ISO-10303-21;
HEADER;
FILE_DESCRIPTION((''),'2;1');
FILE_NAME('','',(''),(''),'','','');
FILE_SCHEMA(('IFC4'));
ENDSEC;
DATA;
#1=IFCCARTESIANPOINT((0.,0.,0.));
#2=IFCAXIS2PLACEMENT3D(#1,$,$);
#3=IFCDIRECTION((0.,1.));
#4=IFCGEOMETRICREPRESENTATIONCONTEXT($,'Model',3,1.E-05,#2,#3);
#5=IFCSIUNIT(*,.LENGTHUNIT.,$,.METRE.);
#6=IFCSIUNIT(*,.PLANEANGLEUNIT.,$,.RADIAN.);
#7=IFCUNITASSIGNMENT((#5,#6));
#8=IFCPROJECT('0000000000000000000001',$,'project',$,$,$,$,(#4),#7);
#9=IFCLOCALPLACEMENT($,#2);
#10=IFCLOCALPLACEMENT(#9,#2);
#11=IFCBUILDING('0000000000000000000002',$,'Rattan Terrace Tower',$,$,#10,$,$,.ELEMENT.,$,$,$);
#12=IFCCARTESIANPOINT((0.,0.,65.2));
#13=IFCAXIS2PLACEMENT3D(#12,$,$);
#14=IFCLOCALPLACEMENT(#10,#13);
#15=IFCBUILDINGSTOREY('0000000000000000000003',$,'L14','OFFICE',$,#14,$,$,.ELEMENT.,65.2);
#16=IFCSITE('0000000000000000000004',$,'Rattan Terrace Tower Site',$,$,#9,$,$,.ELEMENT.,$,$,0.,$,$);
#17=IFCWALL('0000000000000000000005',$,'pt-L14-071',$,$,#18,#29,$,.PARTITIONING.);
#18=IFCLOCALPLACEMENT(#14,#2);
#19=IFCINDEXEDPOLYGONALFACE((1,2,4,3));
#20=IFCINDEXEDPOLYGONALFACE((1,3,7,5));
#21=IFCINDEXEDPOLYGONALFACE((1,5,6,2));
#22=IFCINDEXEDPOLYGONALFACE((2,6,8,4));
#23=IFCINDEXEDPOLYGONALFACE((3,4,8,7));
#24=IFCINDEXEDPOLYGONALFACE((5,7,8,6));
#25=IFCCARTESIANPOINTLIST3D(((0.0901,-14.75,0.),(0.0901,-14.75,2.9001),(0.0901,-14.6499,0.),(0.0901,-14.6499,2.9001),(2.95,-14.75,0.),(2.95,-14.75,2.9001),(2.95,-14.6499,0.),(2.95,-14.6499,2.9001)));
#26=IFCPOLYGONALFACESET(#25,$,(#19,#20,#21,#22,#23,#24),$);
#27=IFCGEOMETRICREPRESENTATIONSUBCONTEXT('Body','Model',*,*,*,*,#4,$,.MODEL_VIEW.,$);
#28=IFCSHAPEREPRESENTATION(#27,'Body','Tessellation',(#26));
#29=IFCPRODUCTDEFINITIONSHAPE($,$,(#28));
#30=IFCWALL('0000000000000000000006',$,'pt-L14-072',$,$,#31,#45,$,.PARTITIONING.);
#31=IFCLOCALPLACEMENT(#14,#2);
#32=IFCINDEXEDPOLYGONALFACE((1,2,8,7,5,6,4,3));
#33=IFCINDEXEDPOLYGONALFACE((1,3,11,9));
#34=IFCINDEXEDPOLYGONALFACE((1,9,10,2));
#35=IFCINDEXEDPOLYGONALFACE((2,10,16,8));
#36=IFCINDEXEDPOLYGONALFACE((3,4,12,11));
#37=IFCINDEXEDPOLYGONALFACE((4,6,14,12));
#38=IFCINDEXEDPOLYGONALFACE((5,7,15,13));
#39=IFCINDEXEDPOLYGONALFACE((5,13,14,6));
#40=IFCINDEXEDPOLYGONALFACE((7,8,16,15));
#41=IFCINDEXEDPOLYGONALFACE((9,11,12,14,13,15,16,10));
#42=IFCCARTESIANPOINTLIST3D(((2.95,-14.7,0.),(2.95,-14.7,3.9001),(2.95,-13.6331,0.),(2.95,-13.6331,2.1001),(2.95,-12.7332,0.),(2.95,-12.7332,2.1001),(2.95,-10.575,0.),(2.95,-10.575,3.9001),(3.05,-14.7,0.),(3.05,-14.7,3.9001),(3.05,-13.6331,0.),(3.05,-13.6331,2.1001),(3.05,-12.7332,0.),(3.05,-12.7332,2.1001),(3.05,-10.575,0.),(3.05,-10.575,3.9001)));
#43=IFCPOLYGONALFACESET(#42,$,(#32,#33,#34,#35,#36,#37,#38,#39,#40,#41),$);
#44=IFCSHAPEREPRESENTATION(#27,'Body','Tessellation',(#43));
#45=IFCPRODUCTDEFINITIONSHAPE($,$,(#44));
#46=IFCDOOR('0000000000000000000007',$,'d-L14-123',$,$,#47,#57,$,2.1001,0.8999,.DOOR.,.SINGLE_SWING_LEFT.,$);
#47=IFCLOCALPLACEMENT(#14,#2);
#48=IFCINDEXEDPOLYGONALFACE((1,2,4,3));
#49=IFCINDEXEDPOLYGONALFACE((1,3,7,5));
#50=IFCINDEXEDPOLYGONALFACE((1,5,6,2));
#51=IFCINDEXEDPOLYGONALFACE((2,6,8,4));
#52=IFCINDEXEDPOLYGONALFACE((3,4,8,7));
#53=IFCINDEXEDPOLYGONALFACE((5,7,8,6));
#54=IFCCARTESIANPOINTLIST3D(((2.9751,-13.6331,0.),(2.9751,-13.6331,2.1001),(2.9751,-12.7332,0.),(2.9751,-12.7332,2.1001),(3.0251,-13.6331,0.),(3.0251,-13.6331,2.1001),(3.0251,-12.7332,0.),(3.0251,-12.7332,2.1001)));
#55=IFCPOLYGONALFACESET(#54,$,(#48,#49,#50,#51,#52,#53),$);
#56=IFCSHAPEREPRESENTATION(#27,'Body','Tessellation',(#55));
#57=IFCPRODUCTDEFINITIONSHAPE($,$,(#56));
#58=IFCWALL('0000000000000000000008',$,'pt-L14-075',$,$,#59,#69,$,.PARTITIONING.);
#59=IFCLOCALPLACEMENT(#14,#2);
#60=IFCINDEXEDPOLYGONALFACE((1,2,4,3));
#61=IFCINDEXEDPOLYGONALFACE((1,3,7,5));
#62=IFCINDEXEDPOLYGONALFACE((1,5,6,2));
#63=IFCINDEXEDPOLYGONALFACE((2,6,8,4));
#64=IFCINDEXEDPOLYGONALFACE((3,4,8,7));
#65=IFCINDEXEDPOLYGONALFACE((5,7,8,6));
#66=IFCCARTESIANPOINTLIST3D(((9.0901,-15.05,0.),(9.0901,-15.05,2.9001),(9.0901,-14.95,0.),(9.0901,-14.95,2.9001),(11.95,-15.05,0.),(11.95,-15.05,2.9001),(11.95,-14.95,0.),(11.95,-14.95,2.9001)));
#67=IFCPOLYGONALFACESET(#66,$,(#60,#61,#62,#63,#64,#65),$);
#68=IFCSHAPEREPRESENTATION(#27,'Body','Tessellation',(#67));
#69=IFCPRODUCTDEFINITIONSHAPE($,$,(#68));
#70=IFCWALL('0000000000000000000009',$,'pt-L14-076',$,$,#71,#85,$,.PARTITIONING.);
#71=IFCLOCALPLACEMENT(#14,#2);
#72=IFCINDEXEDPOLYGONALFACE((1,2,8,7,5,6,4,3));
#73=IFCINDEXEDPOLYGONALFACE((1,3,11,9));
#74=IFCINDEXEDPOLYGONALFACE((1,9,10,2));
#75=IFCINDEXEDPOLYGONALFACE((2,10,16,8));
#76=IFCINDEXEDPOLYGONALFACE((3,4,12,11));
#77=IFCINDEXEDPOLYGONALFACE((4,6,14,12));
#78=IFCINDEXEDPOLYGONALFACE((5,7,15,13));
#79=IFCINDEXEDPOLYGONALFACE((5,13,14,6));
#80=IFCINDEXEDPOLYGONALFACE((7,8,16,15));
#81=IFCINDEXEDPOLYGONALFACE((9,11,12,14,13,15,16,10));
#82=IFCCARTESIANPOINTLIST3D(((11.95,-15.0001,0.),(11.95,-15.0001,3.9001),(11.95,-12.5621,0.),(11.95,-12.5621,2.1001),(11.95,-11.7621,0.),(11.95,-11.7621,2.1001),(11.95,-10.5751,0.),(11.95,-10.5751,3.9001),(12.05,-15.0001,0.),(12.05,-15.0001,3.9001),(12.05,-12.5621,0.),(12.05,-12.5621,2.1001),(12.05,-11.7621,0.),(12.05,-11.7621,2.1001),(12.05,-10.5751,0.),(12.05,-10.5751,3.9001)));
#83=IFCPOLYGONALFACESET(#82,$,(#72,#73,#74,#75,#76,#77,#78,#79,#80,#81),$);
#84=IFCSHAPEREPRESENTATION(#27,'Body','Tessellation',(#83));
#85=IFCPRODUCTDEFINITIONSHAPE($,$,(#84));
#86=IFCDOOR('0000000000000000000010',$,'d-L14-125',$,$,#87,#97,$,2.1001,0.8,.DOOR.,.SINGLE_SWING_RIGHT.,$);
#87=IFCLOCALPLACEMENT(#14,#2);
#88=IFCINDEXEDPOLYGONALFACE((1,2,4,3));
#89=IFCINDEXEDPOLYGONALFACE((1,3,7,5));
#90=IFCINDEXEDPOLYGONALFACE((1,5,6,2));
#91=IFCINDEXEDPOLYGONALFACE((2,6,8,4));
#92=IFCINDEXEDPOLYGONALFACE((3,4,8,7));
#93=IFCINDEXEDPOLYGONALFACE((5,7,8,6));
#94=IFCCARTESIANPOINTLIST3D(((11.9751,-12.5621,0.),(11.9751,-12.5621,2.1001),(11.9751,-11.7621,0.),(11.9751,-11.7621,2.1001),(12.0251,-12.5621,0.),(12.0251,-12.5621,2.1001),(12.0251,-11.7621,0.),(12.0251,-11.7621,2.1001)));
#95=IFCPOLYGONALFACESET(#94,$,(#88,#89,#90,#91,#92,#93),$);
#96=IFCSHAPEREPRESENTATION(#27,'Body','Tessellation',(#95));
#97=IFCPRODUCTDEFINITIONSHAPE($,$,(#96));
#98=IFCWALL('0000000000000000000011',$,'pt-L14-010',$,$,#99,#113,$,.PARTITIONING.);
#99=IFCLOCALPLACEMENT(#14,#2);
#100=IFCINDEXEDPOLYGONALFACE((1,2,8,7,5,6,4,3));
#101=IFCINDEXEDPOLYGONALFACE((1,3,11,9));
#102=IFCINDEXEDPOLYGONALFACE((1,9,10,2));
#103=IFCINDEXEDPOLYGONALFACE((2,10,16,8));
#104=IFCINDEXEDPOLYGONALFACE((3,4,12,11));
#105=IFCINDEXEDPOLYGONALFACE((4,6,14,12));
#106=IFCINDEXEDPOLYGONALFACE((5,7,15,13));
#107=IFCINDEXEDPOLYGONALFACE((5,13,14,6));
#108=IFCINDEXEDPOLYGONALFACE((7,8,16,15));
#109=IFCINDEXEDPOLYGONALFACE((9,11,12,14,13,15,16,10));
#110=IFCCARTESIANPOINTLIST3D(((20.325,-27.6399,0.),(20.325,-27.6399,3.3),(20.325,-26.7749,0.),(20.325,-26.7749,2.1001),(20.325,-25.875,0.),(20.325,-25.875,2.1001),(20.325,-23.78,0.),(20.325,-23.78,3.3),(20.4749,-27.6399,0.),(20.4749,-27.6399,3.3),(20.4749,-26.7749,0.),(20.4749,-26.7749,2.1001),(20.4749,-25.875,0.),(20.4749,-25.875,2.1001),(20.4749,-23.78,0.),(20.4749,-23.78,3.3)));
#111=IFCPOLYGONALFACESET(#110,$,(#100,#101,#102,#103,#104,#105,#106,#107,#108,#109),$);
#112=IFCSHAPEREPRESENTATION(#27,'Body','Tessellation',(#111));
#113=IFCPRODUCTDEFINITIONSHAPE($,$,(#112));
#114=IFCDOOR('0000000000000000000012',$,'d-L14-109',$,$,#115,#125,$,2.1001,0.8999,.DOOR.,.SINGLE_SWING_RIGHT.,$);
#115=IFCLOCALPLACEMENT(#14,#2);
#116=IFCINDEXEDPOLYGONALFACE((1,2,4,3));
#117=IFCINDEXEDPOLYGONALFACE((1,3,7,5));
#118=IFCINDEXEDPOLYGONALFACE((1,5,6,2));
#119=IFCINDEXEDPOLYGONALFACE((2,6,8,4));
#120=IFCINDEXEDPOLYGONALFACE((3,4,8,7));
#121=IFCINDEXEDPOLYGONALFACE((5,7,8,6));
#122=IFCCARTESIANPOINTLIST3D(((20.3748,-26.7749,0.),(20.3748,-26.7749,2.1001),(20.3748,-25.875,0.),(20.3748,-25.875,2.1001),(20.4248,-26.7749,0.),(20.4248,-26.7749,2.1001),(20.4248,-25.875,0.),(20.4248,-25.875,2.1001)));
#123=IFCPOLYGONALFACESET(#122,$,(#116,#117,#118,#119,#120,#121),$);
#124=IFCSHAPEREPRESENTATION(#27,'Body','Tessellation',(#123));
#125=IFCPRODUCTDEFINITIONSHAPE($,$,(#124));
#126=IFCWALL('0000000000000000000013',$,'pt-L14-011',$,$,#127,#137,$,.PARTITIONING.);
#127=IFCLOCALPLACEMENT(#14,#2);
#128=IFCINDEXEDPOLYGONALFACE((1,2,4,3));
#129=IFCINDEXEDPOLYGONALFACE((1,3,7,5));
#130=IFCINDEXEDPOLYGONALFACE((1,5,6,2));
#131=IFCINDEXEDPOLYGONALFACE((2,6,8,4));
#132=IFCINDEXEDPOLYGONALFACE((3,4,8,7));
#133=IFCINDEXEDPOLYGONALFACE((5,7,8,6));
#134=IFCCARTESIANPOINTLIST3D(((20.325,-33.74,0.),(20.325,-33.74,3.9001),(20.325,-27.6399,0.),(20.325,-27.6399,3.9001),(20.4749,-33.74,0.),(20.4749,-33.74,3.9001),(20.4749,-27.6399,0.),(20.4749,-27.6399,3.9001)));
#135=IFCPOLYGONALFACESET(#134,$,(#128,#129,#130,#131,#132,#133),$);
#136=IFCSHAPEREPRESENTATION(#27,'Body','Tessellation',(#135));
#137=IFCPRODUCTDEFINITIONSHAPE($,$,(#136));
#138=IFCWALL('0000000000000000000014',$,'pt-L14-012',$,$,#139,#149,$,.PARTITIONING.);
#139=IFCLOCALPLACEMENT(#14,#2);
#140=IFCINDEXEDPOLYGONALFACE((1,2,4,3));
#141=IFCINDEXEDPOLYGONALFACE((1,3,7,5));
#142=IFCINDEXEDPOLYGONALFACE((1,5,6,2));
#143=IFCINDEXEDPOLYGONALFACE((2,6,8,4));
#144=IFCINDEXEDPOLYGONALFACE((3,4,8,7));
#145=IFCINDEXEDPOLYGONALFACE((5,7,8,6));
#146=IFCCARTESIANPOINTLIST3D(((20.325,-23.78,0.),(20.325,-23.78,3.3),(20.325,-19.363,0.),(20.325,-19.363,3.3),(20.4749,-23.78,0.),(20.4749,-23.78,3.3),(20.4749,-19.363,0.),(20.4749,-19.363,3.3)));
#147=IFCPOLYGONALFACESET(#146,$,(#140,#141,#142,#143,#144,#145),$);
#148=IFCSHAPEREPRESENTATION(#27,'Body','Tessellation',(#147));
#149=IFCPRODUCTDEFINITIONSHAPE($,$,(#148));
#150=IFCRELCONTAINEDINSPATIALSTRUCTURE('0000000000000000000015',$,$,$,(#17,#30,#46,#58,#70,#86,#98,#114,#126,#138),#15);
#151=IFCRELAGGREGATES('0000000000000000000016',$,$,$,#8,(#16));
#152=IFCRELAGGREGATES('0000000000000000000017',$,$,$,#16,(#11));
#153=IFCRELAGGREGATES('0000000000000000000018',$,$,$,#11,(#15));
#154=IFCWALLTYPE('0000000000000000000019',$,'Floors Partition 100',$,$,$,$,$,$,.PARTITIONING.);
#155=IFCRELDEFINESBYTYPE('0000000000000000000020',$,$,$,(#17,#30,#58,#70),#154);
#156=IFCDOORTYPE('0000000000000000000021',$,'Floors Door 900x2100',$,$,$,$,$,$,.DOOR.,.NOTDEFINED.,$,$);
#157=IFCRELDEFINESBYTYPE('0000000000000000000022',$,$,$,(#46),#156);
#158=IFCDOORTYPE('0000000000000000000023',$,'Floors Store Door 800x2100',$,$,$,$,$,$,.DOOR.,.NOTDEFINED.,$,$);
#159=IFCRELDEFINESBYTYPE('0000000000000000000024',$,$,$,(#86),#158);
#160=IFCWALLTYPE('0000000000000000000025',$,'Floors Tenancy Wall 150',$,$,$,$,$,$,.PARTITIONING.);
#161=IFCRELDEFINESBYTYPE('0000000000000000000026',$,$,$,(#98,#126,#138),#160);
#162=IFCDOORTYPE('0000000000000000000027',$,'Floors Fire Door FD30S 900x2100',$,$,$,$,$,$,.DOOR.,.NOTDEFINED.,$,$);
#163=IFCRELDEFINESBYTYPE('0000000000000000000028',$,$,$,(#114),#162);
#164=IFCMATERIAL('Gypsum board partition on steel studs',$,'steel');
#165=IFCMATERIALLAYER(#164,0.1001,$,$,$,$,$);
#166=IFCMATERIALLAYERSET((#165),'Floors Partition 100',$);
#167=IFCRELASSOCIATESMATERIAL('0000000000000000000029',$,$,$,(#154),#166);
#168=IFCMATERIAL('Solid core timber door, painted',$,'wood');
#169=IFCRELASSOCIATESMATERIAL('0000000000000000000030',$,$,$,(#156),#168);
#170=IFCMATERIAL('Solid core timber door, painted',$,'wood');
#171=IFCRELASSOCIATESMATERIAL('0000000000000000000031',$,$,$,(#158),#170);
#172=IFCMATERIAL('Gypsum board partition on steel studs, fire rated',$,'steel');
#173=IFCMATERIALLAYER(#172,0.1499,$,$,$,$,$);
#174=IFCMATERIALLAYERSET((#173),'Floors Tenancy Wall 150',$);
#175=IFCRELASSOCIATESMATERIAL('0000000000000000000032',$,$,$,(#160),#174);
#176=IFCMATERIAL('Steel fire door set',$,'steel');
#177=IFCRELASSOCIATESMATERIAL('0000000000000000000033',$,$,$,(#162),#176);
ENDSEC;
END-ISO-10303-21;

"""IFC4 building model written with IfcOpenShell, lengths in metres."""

from ifc_helpers import new_model, si_unit, direction, frame, frame_2d, origin, place, context, subcontext, project, spatial, rectangle, extrude, material, layer, layer_set, type_object, element, fill, save


model = new_model("IFC4")

# Units and contexts
model_context = context("Model", 3, precision=1e-05, world=origin(), true_north=direction((0.0, 1.0)))
body_context = subcontext(model_context, "Body", "Model", "MODEL_VIEW")
ifc_project = project(units=[si_unit("LENGTHUNIT", "METRE"), si_unit("PLANEANGLEUNIT", "RADIAN")], contexts=[model_context])

# Site, building, storey
site_placement = place(None, origin())
site = spatial("IfcSite", under=ifc_project, at=site_placement, Name="Rattan Terrace Tower Site", CompositionType="ELEMENT", RefElevation=0.0)
building_placement = place(site_placement, origin())
building = spatial("IfcBuilding", under=site, at=building_placement, Name="Rattan Terrace Tower", CompositionType="ELEMENT")
storey_placement = place(building_placement, frame((0.0, 0.0, 65.2)))
storey = spatial("IfcBuildingStorey", under=building, at=storey_placement, Name="L14", Description="OFFICE", CompositionType="ELEMENT", Elevation=65.2)

# Wall
ifc_material_1 = material(Name="Gypsum board partition on steel studs", Category="steel")
ifc_layer_1 = layer(ifc_material_1, 0.1001)
ifc_layer_set_1 = layer_set([ifc_layer_1], Name="Floors Partition 100")
wall_type_1 = type_object("IfcWallType", Name="Floors Partition 100", PredefinedType="PARTITIONING", material=ifc_layer_set_1)
wall_1_placement = place(storey_placement, frame((0.0901, -14.7, 0.0), z_axis=(0.0, 0.0, 1.0), x_axis=(1.0, 0.0, 0.0)))
element("IfcWall", 1, at=wall_1_placement, inside=storey, type_object=wall_type_1, Name="pt-L14-071", PredefinedType="PARTITIONING", context=body_context, shape_type="SweptSolid", body=[
    extrude(rectangle(XDim=2.8599, YDim=0.1001, at=frame_2d((1.4299, 0.0))), origin(), (0.0, 0.0, 1.0), 2.9001),
])

# Wall, opening, door
wall_2_placement = place(storey_placement, frame((3.0, -14.7, 0.0), z_axis=(0.0, 0.0, 1.0), x_axis=(0.0, 1.0, 0.0)))
wall_2 = element("IfcWall", 2, at=wall_2_placement, inside=storey, type_object=wall_type_1, Name="pt-L14-072", PredefinedType="PARTITIONING", context=body_context, shape_type="SweptSolid", body=[
    extrude(rectangle(XDim=4.125, YDim=0.1001, at=frame_2d((2.0625, 0.0))), origin(), (0.0, 0.0, 1.0), 3.9001),
])
opening_1_placement = place(wall_2_placement, frame((1.0669, 0.0, 0.0)))
opening_1 = element("IfcOpeningElement", 3, at=opening_1_placement, cuts=wall_2, PredefinedType="OPENING", context=body_context, shape_type="SweptSolid", body=[
    extrude(rectangle(XDim=0.8999, YDim=2.1001, at=frame_2d((0.45, 1.05))), frame((0.0, 0.0605, 0.0), z_axis=(0.0, -1.0, 0.0), x_axis=(1.0, 0.0, 0.0)), (0.0, 0.0, 1.0), 0.1211),
])
ifc_material_2 = material(Name="Solid core timber door, painted", Category="wood")
door_type_1 = type_object("IfcDoorType", Name="Floors Door 900x2100", OperationType="NOTDEFINED", PredefinedType="DOOR", material=ifc_material_2)
door_1_placement = place(opening_1_placement, origin())
door_1 = element("IfcDoor", 4, at=door_1_placement, inside=storey, type_object=door_type_1, Name="d-L14-123", OperationType="SINGLE_SWING_LEFT", OverallHeight=2.1001, OverallWidth=0.8999, PredefinedType="DOOR", context=body_context, shape_type="SweptSolid", body=[
    extrude(rectangle(XDim=0.8999, YDim=2.1001, at=frame_2d((0.45, 1.05))), frame((0.0, 0.0249, 0.0), z_axis=(0.0, -1.0, 0.0), x_axis=(1.0, 0.0, 0.0)), (0.0, 0.0, 1.0), 0.05),
])
fill(opening_1, door_1)

# Wall
wall_3_placement = place(storey_placement, frame((9.0901, -15.0, 0.0), z_axis=(0.0, 0.0, 1.0), x_axis=(1.0, 0.0, 0.0)))
element("IfcWall", 5, at=wall_3_placement, inside=storey, type_object=wall_type_1, Name="pt-L14-075", PredefinedType="PARTITIONING", context=body_context, shape_type="SweptSolid", body=[
    extrude(rectangle(XDim=2.8599, YDim=0.1001, at=frame_2d((1.4299, 0.0))), origin(), (0.0, 0.0, 1.0), 2.9001),
])

# Walls, openings, doors
wall_4_placement = place(storey_placement, frame((12.0, -15.0, 0.0), z_axis=(0.0, 0.0, 1.0), x_axis=(0.0, 1.0, 0.0)))
wall_4 = element("IfcWall", 6, at=wall_4_placement, inside=storey, type_object=wall_type_1, Name="pt-L14-076", PredefinedType="PARTITIONING", context=body_context, shape_type="SweptSolid", body=[
    extrude(rectangle(XDim=4.425, YDim=0.1001, at=frame_2d((2.2124, 0.0))), origin(), (0.0, 0.0, 1.0), 3.9001),
])
opening_2_placement = place(wall_4_placement, frame((2.438, 0.0, 0.0)))
opening_2 = element("IfcOpeningElement", 7, at=opening_2_placement, cuts=wall_4, PredefinedType="OPENING", context=body_context, shape_type="SweptSolid", body=[
    extrude(rectangle(XDim=0.8, YDim=2.1001, at=frame_2d((0.3999, 1.05))), frame((0.0, 0.0605, 0.0), z_axis=(0.0, -1.0, 0.0), x_axis=(1.0, 0.0, 0.0)), (0.0, 0.0, 1.0), 0.1211),
])
ifc_material_3 = material(Name="Solid core timber door, painted", Category="wood")
door_type_2 = type_object("IfcDoorType", Name="Floors Store Door 800x2100", OperationType="NOTDEFINED", PredefinedType="DOOR", material=ifc_material_3)
door_2_placement = place(opening_2_placement, origin())
door_2 = element("IfcDoor", 8, at=door_2_placement, inside=storey, type_object=door_type_2, Name="d-L14-125", OperationType="SINGLE_SWING_RIGHT", OverallHeight=2.1001, OverallWidth=0.8, PredefinedType="DOOR", context=body_context, shape_type="SweptSolid", body=[
    extrude(rectangle(XDim=0.8, YDim=2.1001, at=frame_2d((0.3999, 1.05))), frame((0.0, 0.0249, 0.0), z_axis=(0.0, -1.0, 0.0), x_axis=(1.0, 0.0, 0.0)), (0.0, 0.0, 1.0), 0.05),
])
fill(opening_2, door_2)
ifc_material_4 = material(Name="Gypsum board partition on steel studs, fire rated", Category="steel")
ifc_layer_2 = layer(ifc_material_4, 0.1499)
ifc_layer_set_2 = layer_set([ifc_layer_2], Name="Floors Tenancy Wall 150")
wall_type_2 = type_object("IfcWallType", Name="Floors Tenancy Wall 150", PredefinedType="PARTITIONING", material=ifc_layer_set_2)
wall_5_placement = place(storey_placement, frame((20.3999, -23.78, 0.0), z_axis=(0.0, 0.0, 1.0), x_axis=(0.0, -1.0, 0.0)))
wall_5 = element("IfcWall", 9, at=wall_5_placement, inside=storey, type_object=wall_type_2, Name="pt-L14-010", PredefinedType="PARTITIONING", context=body_context, shape_type="SweptSolid", body=[
    extrude(rectangle(XDim=3.8599, YDim=0.1499, at=frame_2d((1.9299, 0.0))), origin(), (0.0, 0.0, 1.0), 3.3),
])
opening_3_placement = place(wall_5_placement, frame((2.095, 0.0, 0.0)))
opening_3 = element("IfcOpeningElement", 10, at=opening_3_placement, cuts=wall_5, PredefinedType="OPENING", context=body_context, shape_type="SweptSolid", body=[
    extrude(rectangle(XDim=0.8999, YDim=2.1001, at=frame_2d((0.45, 1.05))), frame((0.0, 0.0854, 0.0), z_axis=(0.0, -1.0, 0.0), x_axis=(1.0, 0.0, 0.0)), (0.0, 0.0, 1.0), 0.1709),
])
ifc_material_5 = material(Name="Steel fire door set", Category="steel")
door_type_3 = type_object("IfcDoorType", Name="Floors Fire Door FD30S 900x2100", OperationType="NOTDEFINED", PredefinedType="DOOR", material=ifc_material_5)
door_3_placement = place(opening_3_placement, origin())
door_3 = element("IfcDoor", 11, at=door_3_placement, inside=storey, type_object=door_type_3, Name="d-L14-109", OperationType="SINGLE_SWING_RIGHT", OverallHeight=2.1001, OverallWidth=0.8999, PredefinedType="DOOR", context=body_context, shape_type="SweptSolid", body=[
    extrude(rectangle(XDim=0.8999, YDim=2.1001, at=frame_2d((0.45, 1.05))), frame((0.0, 0.0249, 0.0), z_axis=(0.0, -1.0, 0.0), x_axis=(1.0, 0.0, 0.0)), (0.0, 0.0, 1.0), 0.05),
])
fill(opening_3, door_3)

# Walls
wall_6_placement = place(storey_placement, frame((20.3999, -27.6399, 0.0), z_axis=(0.0, 0.0, 1.0), x_axis=(0.0, -1.0, 0.0)))
element("IfcWall", 12, at=wall_6_placement, inside=storey, type_object=wall_type_2, Name="pt-L14-011", PredefinedType="PARTITIONING", context=body_context, shape_type="SweptSolid", body=[
    extrude(rectangle(XDim=6.1001, YDim=0.1499, at=frame_2d((3.05, 0.0))), origin(), (0.0, 0.0, 1.0), 3.9001),
])
wall_7_placement = place(storey_placement, frame((20.3999, -19.363, 0.0), z_axis=(0.0, 0.0, 1.0), x_axis=(0.0, -1.0, 0.0)))
element("IfcWall", 13, at=wall_7_placement, inside=storey, type_object=wall_type_2, Name="pt-L14-012", PredefinedType="PARTITIONING", context=body_context, shape_type="SweptSolid", body=[
    extrude(rectangle(XDim=4.417, YDim=0.1499, at=frame_2d((2.2085, 0.0))), origin(), (0.0, 0.0, 1.0), 3.3),
])

save(model, "model.ifc")
